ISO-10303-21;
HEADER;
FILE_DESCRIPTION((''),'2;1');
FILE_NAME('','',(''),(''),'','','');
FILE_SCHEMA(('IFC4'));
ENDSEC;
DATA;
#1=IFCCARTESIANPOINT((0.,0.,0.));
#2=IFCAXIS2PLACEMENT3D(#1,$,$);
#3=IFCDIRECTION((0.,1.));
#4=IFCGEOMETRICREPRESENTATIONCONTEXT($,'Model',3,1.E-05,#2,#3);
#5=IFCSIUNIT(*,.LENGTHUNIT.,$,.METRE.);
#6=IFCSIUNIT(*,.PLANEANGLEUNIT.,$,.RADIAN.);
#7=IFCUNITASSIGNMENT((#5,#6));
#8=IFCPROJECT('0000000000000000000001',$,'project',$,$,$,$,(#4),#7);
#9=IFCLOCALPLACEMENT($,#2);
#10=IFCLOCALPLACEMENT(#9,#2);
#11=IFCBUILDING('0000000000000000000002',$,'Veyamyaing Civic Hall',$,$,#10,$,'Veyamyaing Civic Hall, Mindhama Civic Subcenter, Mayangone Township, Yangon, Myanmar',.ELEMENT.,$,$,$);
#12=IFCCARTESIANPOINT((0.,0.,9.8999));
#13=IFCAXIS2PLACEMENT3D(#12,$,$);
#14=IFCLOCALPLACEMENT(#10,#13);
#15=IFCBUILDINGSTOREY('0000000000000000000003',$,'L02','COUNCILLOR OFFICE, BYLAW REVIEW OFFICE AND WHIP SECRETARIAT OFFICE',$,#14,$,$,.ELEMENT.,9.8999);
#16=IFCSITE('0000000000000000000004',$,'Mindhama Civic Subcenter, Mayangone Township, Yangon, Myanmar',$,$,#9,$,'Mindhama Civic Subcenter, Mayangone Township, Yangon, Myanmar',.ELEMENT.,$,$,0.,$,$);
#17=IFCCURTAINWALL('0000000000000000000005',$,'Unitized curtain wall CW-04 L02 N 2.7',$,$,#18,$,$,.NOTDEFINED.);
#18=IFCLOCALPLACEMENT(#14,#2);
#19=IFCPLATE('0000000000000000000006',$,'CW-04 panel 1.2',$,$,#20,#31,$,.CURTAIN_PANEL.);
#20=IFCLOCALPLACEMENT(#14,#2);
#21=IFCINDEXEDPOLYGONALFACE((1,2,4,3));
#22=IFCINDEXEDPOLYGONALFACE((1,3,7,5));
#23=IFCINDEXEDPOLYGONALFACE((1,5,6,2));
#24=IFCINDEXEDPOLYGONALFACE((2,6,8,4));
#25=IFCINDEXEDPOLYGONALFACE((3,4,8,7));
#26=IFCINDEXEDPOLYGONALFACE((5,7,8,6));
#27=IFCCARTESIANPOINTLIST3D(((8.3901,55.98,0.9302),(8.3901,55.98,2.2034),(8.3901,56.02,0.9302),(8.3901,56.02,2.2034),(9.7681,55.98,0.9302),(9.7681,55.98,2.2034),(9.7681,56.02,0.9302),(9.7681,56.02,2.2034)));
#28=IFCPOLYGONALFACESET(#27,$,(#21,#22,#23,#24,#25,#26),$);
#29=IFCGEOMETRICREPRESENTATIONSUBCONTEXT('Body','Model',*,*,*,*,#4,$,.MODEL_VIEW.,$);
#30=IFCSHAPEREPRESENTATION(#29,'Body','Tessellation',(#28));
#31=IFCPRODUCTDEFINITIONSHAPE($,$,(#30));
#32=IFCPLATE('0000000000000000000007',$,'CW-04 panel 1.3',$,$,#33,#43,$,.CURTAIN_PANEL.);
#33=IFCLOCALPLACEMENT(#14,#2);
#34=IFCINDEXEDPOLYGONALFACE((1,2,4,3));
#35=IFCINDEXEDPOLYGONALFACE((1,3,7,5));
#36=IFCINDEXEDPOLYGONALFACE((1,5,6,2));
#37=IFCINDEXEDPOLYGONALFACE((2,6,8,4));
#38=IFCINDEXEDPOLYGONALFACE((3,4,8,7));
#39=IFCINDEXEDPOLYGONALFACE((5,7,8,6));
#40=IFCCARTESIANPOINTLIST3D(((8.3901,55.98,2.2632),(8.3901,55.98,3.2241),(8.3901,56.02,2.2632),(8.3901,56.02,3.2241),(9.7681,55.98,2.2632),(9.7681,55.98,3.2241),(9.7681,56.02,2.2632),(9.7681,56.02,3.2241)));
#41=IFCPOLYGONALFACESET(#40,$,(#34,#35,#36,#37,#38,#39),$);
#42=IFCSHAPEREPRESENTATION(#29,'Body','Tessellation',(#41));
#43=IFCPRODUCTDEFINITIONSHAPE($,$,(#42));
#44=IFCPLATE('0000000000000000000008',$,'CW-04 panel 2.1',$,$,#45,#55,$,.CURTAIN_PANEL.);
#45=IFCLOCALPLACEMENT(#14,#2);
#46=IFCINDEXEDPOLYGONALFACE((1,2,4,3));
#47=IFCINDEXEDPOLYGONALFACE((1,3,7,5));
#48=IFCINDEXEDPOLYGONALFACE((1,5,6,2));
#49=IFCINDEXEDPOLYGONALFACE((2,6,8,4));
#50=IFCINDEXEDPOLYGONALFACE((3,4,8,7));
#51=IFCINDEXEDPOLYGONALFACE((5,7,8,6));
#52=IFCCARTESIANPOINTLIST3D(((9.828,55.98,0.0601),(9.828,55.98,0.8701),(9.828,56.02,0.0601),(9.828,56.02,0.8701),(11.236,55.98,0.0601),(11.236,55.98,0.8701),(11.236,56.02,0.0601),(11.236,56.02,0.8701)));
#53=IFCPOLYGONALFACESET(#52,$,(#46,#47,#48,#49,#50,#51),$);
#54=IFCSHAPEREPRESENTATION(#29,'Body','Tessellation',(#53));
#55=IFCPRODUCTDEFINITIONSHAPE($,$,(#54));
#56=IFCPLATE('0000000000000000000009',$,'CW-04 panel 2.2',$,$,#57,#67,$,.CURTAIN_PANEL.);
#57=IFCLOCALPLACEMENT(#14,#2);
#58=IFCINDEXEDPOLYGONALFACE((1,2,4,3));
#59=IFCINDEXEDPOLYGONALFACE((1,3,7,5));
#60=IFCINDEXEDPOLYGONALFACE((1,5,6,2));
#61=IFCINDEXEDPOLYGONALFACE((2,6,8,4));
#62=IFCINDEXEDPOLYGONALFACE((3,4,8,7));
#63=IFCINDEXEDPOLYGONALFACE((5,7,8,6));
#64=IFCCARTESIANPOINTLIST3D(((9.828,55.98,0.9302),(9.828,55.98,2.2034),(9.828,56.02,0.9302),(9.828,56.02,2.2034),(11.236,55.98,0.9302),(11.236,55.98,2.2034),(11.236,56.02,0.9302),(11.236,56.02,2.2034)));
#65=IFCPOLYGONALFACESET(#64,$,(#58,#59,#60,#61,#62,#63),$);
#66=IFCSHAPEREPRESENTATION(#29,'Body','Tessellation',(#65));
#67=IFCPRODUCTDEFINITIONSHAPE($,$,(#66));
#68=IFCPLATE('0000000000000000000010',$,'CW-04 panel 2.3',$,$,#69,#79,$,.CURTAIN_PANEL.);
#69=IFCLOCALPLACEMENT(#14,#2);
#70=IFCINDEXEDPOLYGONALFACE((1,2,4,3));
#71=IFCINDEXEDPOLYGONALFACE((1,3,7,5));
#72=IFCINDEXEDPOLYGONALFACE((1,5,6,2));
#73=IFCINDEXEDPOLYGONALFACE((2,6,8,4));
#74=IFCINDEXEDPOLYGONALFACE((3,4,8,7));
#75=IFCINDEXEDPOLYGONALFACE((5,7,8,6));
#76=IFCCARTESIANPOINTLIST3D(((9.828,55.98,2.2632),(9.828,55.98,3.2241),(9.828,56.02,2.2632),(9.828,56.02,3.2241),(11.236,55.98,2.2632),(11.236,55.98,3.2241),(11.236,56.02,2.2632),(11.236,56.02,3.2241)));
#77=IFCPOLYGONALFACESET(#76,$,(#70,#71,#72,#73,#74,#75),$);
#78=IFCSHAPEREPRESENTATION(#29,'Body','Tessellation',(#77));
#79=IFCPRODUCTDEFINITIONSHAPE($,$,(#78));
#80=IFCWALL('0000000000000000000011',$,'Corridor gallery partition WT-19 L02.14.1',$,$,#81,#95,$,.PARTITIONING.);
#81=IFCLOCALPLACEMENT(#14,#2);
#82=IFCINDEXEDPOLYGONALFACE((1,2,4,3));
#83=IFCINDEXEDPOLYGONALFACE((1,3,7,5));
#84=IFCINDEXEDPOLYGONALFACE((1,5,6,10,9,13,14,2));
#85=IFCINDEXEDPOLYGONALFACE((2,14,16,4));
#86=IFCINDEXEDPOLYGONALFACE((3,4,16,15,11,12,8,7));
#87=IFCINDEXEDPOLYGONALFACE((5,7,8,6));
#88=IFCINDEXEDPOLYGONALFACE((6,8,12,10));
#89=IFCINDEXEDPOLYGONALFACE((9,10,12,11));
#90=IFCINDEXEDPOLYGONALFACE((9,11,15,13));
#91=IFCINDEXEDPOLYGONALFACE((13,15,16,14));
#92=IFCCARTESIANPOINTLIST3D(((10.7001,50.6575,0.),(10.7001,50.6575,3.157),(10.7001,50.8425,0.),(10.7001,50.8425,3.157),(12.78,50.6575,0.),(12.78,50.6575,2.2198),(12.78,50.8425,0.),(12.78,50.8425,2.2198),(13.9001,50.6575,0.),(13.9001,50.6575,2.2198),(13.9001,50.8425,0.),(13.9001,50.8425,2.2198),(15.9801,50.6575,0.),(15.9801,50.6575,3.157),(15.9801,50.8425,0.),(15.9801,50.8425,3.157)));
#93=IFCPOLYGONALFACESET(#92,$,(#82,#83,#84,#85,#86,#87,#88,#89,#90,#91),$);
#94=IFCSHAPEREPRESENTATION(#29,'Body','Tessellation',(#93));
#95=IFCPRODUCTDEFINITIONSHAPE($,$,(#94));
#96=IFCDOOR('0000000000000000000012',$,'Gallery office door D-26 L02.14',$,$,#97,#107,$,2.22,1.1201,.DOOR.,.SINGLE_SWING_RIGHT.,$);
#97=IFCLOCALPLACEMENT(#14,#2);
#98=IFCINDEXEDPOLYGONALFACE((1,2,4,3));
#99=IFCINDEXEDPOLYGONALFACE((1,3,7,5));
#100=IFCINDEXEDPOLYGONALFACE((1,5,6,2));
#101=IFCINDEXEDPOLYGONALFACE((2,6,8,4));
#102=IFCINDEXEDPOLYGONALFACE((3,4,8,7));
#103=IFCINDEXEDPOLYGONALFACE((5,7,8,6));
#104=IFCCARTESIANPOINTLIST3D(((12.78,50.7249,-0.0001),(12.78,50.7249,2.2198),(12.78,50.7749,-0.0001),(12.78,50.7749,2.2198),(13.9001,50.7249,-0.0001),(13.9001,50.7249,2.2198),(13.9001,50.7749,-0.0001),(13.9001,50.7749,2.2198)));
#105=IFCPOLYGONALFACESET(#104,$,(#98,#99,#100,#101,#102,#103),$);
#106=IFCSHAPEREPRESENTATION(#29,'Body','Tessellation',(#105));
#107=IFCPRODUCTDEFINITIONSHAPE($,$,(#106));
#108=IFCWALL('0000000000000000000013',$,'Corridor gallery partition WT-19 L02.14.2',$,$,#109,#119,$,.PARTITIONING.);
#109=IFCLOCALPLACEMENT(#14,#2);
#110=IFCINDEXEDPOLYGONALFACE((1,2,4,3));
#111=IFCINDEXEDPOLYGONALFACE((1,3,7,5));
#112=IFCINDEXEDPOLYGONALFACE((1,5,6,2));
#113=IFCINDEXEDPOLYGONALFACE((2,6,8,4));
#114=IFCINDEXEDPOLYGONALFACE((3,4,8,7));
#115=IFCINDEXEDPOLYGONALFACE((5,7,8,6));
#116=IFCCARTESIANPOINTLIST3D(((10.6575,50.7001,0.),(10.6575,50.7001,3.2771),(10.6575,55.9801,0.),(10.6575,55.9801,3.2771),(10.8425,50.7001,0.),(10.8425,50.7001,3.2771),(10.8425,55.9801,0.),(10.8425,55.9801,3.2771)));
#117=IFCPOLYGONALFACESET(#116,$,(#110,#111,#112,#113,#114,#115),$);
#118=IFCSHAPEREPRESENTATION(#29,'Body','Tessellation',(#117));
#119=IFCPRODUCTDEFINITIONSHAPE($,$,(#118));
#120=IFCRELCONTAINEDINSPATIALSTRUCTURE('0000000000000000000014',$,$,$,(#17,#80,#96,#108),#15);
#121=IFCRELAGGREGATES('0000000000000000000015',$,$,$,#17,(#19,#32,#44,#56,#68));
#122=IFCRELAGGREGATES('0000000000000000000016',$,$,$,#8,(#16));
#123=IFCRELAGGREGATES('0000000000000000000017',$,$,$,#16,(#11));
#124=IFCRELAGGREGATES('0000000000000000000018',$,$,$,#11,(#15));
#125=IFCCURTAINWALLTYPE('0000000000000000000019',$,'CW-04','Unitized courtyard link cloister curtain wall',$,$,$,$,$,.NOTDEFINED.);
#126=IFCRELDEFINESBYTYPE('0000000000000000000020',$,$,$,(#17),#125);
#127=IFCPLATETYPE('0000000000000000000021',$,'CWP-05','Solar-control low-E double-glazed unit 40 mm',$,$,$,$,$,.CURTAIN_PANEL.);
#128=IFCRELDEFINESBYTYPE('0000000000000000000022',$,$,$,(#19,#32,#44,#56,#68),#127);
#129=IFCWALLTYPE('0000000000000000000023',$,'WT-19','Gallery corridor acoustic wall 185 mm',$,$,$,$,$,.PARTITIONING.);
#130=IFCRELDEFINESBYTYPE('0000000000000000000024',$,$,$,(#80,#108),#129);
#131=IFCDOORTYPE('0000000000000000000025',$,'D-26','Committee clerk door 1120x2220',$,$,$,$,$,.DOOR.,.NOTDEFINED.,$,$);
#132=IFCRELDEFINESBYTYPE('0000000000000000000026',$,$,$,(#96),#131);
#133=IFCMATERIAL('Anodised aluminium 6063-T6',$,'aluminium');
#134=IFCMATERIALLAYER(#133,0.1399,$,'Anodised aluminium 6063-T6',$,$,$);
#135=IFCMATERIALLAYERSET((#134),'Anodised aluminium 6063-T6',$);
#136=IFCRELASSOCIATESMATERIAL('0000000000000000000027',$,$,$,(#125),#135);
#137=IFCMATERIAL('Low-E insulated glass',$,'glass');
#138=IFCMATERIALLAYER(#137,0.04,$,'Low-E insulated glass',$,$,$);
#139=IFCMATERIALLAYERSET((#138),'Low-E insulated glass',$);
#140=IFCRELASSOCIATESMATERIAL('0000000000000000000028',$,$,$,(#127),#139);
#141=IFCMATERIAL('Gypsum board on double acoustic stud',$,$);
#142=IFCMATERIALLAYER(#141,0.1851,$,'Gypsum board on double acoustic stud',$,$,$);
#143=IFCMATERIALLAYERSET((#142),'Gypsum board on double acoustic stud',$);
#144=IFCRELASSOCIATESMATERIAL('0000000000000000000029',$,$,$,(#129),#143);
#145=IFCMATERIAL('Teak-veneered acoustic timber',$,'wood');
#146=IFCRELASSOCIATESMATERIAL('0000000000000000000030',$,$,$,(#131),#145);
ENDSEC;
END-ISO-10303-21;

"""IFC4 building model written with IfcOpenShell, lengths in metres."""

from ifc_helpers import new_model, si_unit, direction, frame, frame_2d, origin, origin_2d, place, context, subcontext, project, spatial, rectangle, extrude, material, layer, layer_set, type_object, element, fill, aggregate, save


model = new_model("IFC4")

# Units and contexts
model_context = context("Model", 3, precision=1e-05, world=origin(), true_north=direction((0.0, 1.0)))
body_context = subcontext(model_context, "Body", "Model", "MODEL_VIEW")
ifc_project = project(units=[si_unit("LENGTHUNIT", "METRE"), si_unit("PLANEANGLEUNIT", "RADIAN")], contexts=[model_context])

# Site, building, storey
site_placement = place(None, origin())
site = spatial("IfcSite", under=ifc_project, at=site_placement, Name="Mindhama Civic Subcenter, Mayangone Township, Yangon, Myanmar", LongName="Mindhama Civic Subcenter, Mayangone Township, Yangon, Myanmar", CompositionType="ELEMENT", RefElevation=0.0)
building_placement = place(site_placement, origin())
building = spatial("IfcBuilding", under=site, at=building_placement, Name="Veyamyaing Civic Hall", LongName="Veyamyaing Civic Hall, Mindhama Civic Subcenter, Mayangone Township, Yangon, Myanmar", CompositionType="ELEMENT")
storey_placement = place(building_placement, frame((0.0, 0.0, 9.8999)))
storey = spatial("IfcBuildingStorey", under=building, at=storey_placement, Name="L02", Description="COUNCILLOR OFFICE, BYLAW REVIEW OFFICE AND WHIP SECRETARIAT OFFICE", CompositionType="ELEMENT", Elevation=9.8999)

# Curtain wall, plates
ifc_material_1 = material(Name="Anodised aluminium 6063-T6", Category="aluminium")
ifc_layer_1 = layer(ifc_material_1, 0.1399, Name="Anodised aluminium 6063-T6")
ifc_layer_set_1 = layer_set([ifc_layer_1], Name="Anodised aluminium 6063-T6")
curtain_wall_type = type_object("IfcCurtainWallType", Name="CW-04", Description="Unitized courtyard link cloister curtain wall", PredefinedType="NOTDEFINED", material=ifc_layer_set_1)
curtain_wall_placement = place(storey_placement, origin())
curtain_wall = element("IfcCurtainWall", 1, at=curtain_wall_placement, inside=storey, type_object=curtain_wall_type, Name="Unitized curtain wall CW-04 L02 N 2.7", PredefinedType="NOTDEFINED")
ifc_material_2 = material(Name="Low-E insulated glass", Category="glass")
ifc_layer_2 = layer(ifc_material_2, 0.04, Name="Low-E insulated glass")
ifc_layer_set_2 = layer_set([ifc_layer_2], Name="Low-E insulated glass")
plate_type = type_object("IfcPlateType", Name="CWP-05", Description="Solar-control low-E double-glazed unit 40 mm", PredefinedType="CURTAIN_PANEL", material=ifc_layer_set_2)
plate_1_placement = place(storey_placement, frame((9.0791, 56.0, 0.9302), z_axis=(0.0, 0.0, 1.0), x_axis=(1.0, 0.0, 0.0)))
plate_1 = element("IfcPlate", 2, at=plate_1_placement, type_object=plate_type, Name="CW-04 panel 1.2", PredefinedType="CURTAIN_PANEL", context=body_context, shape_type="SweptSolid", body=[
    extrude(rectangle(XDim=1.3779, YDim=0.04, at=origin_2d()), origin(), (0.0, 0.0, 1.0), 1.2732),
])
plate_2_placement = place(storey_placement, frame((9.0791, 56.0, 2.2632), z_axis=(0.0, 0.0, 1.0), x_axis=(1.0, 0.0, 0.0)))
plate_2 = element("IfcPlate", 3, at=plate_2_placement, type_object=plate_type, Name="CW-04 panel 1.3", PredefinedType="CURTAIN_PANEL", context=body_context, shape_type="SweptSolid", body=[
    extrude(rectangle(XDim=1.3779, YDim=0.04, at=origin_2d()), origin(), (0.0, 0.0, 1.0), 0.9609),
])
plate_3_placement = place(storey_placement, frame((10.532, 56.0, 0.0601), z_axis=(0.0, 0.0, 1.0), x_axis=(1.0, 0.0, 0.0)))
plate_3 = element("IfcPlate", 4, at=plate_3_placement, type_object=plate_type, Name="CW-04 panel 2.1", PredefinedType="CURTAIN_PANEL", context=body_context, shape_type="SweptSolid", body=[
    extrude(rectangle(XDim=1.408, YDim=0.04, at=origin_2d()), origin(), (0.0, 0.0, 1.0), 0.8101),
])
plate_4_placement = place(storey_placement, frame((10.532, 56.0, 0.9302), z_axis=(0.0, 0.0, 1.0), x_axis=(1.0, 0.0, 0.0)))
plate_4 = element("IfcPlate", 5, at=plate_4_placement, type_object=plate_type, Name="CW-04 panel 2.2", PredefinedType="CURTAIN_PANEL", context=body_context, shape_type="SweptSolid", body=[
    extrude(rectangle(XDim=1.408, YDim=0.04, at=origin_2d()), origin(), (0.0, 0.0, 1.0), 1.2732),
])
plate_5_placement = place(storey_placement, frame((10.532, 56.0, 2.2632), z_axis=(0.0, 0.0, 1.0), x_axis=(1.0, 0.0, 0.0)))
plate_5 = element("IfcPlate", 6, at=plate_5_placement, type_object=plate_type, Name="CW-04 panel 2.3", PredefinedType="CURTAIN_PANEL", context=body_context, shape_type="SweptSolid", body=[
    extrude(rectangle(XDim=1.408, YDim=0.04, at=origin_2d()), origin(), (0.0, 0.0, 1.0), 0.9609),
])
aggregate(curtain_wall, [plate_1, plate_2, plate_3, plate_4, plate_5])

# Wall, opening, door
ifc_material_3 = material(Name="Gypsum board on double acoustic stud")
ifc_layer_3 = layer(ifc_material_3, 0.1851, Name="Gypsum board on double acoustic stud")
ifc_layer_set_3 = layer_set([ifc_layer_3], Name="Gypsum board on double acoustic stud")
wall_type = type_object("IfcWallType", Name="WT-19", Description="Gallery corridor acoustic wall 185 mm", PredefinedType="PARTITIONING", material=ifc_layer_set_3)
wall_1_placement = place(storey_placement, frame((10.7, 50.75, 0.0), z_axis=(0.0, 0.0, 1.0), x_axis=(1.0, 0.0, 0.0)))
wall_1 = element("IfcWall", 7, at=wall_1_placement, inside=storey, type_object=wall_type, Name="Corridor gallery partition WT-19 L02.14.1", PredefinedType="PARTITIONING", context=body_context, shape_type="SweptSolid", body=[
    extrude(rectangle(XDim=5.28, YDim=0.1851, at=frame_2d((2.6401, 0.0))), origin(), (0.0, 0.0, 1.0), 3.157),
])
opening_placement = place(wall_1_placement, frame((2.0801, 0.0, 0.0)))
opening = element("IfcOpeningElement", 8, at=opening_placement, cuts=wall_1, PredefinedType="OPENING", context=body_context, shape_type="SweptSolid", body=[
    extrude(rectangle(XDim=1.1201, YDim=2.22, at=frame_2d((0.5601, 1.1099))), frame((0.0, 0.1025, 0.0), z_axis=(0.0, -1.0, 0.0), x_axis=(1.0, 0.0, 0.0)), (0.0, 0.0, 1.0), 0.2051),
])
ifc_material_4 = material(Name="Teak-veneered acoustic timber", Category="wood")
door_type = type_object("IfcDoorType", Name="D-26", Description="Committee clerk door 1120x2220", OperationType="NOTDEFINED", PredefinedType="DOOR", material=ifc_material_4)
door_placement = place(opening_placement, origin())
door = element("IfcDoor", 9, at=door_placement, inside=storey, type_object=door_type, Name="Gallery office door D-26 L02.14", OperationType="SINGLE_SWING_RIGHT", OverallHeight=2.22, OverallWidth=1.1201, PredefinedType="DOOR", context=body_context, shape_type="SweptSolid", body=[
    extrude(rectangle(XDim=1.1201, YDim=2.22, at=frame_2d((0.5601, 1.1099))), frame((0.0, 0.0249, 0.0), z_axis=(0.0, -1.0, 0.0), x_axis=(1.0, 0.0, 0.0)), (0.0, 0.0, 1.0), 0.05),
])
fill(opening, door)

# Wall
wall_2_placement = place(storey_placement, frame((10.75, 50.7, 0.0), z_axis=(0.0, 0.0, 1.0), x_axis=(0.0, 1.0, 0.0)))
element("IfcWall", 10, at=wall_2_placement, inside=storey, type_object=wall_type, Name="Corridor gallery partition WT-19 L02.14.2", PredefinedType="PARTITIONING", context=body_context, shape_type="SweptSolid", body=[
    extrude(rectangle(XDim=5.28, YDim=0.1851, at=frame_2d((2.6401, 0.0))), origin(), (0.0, 0.0, 1.0), 3.2771),
])

save(model, "model.ifc")
